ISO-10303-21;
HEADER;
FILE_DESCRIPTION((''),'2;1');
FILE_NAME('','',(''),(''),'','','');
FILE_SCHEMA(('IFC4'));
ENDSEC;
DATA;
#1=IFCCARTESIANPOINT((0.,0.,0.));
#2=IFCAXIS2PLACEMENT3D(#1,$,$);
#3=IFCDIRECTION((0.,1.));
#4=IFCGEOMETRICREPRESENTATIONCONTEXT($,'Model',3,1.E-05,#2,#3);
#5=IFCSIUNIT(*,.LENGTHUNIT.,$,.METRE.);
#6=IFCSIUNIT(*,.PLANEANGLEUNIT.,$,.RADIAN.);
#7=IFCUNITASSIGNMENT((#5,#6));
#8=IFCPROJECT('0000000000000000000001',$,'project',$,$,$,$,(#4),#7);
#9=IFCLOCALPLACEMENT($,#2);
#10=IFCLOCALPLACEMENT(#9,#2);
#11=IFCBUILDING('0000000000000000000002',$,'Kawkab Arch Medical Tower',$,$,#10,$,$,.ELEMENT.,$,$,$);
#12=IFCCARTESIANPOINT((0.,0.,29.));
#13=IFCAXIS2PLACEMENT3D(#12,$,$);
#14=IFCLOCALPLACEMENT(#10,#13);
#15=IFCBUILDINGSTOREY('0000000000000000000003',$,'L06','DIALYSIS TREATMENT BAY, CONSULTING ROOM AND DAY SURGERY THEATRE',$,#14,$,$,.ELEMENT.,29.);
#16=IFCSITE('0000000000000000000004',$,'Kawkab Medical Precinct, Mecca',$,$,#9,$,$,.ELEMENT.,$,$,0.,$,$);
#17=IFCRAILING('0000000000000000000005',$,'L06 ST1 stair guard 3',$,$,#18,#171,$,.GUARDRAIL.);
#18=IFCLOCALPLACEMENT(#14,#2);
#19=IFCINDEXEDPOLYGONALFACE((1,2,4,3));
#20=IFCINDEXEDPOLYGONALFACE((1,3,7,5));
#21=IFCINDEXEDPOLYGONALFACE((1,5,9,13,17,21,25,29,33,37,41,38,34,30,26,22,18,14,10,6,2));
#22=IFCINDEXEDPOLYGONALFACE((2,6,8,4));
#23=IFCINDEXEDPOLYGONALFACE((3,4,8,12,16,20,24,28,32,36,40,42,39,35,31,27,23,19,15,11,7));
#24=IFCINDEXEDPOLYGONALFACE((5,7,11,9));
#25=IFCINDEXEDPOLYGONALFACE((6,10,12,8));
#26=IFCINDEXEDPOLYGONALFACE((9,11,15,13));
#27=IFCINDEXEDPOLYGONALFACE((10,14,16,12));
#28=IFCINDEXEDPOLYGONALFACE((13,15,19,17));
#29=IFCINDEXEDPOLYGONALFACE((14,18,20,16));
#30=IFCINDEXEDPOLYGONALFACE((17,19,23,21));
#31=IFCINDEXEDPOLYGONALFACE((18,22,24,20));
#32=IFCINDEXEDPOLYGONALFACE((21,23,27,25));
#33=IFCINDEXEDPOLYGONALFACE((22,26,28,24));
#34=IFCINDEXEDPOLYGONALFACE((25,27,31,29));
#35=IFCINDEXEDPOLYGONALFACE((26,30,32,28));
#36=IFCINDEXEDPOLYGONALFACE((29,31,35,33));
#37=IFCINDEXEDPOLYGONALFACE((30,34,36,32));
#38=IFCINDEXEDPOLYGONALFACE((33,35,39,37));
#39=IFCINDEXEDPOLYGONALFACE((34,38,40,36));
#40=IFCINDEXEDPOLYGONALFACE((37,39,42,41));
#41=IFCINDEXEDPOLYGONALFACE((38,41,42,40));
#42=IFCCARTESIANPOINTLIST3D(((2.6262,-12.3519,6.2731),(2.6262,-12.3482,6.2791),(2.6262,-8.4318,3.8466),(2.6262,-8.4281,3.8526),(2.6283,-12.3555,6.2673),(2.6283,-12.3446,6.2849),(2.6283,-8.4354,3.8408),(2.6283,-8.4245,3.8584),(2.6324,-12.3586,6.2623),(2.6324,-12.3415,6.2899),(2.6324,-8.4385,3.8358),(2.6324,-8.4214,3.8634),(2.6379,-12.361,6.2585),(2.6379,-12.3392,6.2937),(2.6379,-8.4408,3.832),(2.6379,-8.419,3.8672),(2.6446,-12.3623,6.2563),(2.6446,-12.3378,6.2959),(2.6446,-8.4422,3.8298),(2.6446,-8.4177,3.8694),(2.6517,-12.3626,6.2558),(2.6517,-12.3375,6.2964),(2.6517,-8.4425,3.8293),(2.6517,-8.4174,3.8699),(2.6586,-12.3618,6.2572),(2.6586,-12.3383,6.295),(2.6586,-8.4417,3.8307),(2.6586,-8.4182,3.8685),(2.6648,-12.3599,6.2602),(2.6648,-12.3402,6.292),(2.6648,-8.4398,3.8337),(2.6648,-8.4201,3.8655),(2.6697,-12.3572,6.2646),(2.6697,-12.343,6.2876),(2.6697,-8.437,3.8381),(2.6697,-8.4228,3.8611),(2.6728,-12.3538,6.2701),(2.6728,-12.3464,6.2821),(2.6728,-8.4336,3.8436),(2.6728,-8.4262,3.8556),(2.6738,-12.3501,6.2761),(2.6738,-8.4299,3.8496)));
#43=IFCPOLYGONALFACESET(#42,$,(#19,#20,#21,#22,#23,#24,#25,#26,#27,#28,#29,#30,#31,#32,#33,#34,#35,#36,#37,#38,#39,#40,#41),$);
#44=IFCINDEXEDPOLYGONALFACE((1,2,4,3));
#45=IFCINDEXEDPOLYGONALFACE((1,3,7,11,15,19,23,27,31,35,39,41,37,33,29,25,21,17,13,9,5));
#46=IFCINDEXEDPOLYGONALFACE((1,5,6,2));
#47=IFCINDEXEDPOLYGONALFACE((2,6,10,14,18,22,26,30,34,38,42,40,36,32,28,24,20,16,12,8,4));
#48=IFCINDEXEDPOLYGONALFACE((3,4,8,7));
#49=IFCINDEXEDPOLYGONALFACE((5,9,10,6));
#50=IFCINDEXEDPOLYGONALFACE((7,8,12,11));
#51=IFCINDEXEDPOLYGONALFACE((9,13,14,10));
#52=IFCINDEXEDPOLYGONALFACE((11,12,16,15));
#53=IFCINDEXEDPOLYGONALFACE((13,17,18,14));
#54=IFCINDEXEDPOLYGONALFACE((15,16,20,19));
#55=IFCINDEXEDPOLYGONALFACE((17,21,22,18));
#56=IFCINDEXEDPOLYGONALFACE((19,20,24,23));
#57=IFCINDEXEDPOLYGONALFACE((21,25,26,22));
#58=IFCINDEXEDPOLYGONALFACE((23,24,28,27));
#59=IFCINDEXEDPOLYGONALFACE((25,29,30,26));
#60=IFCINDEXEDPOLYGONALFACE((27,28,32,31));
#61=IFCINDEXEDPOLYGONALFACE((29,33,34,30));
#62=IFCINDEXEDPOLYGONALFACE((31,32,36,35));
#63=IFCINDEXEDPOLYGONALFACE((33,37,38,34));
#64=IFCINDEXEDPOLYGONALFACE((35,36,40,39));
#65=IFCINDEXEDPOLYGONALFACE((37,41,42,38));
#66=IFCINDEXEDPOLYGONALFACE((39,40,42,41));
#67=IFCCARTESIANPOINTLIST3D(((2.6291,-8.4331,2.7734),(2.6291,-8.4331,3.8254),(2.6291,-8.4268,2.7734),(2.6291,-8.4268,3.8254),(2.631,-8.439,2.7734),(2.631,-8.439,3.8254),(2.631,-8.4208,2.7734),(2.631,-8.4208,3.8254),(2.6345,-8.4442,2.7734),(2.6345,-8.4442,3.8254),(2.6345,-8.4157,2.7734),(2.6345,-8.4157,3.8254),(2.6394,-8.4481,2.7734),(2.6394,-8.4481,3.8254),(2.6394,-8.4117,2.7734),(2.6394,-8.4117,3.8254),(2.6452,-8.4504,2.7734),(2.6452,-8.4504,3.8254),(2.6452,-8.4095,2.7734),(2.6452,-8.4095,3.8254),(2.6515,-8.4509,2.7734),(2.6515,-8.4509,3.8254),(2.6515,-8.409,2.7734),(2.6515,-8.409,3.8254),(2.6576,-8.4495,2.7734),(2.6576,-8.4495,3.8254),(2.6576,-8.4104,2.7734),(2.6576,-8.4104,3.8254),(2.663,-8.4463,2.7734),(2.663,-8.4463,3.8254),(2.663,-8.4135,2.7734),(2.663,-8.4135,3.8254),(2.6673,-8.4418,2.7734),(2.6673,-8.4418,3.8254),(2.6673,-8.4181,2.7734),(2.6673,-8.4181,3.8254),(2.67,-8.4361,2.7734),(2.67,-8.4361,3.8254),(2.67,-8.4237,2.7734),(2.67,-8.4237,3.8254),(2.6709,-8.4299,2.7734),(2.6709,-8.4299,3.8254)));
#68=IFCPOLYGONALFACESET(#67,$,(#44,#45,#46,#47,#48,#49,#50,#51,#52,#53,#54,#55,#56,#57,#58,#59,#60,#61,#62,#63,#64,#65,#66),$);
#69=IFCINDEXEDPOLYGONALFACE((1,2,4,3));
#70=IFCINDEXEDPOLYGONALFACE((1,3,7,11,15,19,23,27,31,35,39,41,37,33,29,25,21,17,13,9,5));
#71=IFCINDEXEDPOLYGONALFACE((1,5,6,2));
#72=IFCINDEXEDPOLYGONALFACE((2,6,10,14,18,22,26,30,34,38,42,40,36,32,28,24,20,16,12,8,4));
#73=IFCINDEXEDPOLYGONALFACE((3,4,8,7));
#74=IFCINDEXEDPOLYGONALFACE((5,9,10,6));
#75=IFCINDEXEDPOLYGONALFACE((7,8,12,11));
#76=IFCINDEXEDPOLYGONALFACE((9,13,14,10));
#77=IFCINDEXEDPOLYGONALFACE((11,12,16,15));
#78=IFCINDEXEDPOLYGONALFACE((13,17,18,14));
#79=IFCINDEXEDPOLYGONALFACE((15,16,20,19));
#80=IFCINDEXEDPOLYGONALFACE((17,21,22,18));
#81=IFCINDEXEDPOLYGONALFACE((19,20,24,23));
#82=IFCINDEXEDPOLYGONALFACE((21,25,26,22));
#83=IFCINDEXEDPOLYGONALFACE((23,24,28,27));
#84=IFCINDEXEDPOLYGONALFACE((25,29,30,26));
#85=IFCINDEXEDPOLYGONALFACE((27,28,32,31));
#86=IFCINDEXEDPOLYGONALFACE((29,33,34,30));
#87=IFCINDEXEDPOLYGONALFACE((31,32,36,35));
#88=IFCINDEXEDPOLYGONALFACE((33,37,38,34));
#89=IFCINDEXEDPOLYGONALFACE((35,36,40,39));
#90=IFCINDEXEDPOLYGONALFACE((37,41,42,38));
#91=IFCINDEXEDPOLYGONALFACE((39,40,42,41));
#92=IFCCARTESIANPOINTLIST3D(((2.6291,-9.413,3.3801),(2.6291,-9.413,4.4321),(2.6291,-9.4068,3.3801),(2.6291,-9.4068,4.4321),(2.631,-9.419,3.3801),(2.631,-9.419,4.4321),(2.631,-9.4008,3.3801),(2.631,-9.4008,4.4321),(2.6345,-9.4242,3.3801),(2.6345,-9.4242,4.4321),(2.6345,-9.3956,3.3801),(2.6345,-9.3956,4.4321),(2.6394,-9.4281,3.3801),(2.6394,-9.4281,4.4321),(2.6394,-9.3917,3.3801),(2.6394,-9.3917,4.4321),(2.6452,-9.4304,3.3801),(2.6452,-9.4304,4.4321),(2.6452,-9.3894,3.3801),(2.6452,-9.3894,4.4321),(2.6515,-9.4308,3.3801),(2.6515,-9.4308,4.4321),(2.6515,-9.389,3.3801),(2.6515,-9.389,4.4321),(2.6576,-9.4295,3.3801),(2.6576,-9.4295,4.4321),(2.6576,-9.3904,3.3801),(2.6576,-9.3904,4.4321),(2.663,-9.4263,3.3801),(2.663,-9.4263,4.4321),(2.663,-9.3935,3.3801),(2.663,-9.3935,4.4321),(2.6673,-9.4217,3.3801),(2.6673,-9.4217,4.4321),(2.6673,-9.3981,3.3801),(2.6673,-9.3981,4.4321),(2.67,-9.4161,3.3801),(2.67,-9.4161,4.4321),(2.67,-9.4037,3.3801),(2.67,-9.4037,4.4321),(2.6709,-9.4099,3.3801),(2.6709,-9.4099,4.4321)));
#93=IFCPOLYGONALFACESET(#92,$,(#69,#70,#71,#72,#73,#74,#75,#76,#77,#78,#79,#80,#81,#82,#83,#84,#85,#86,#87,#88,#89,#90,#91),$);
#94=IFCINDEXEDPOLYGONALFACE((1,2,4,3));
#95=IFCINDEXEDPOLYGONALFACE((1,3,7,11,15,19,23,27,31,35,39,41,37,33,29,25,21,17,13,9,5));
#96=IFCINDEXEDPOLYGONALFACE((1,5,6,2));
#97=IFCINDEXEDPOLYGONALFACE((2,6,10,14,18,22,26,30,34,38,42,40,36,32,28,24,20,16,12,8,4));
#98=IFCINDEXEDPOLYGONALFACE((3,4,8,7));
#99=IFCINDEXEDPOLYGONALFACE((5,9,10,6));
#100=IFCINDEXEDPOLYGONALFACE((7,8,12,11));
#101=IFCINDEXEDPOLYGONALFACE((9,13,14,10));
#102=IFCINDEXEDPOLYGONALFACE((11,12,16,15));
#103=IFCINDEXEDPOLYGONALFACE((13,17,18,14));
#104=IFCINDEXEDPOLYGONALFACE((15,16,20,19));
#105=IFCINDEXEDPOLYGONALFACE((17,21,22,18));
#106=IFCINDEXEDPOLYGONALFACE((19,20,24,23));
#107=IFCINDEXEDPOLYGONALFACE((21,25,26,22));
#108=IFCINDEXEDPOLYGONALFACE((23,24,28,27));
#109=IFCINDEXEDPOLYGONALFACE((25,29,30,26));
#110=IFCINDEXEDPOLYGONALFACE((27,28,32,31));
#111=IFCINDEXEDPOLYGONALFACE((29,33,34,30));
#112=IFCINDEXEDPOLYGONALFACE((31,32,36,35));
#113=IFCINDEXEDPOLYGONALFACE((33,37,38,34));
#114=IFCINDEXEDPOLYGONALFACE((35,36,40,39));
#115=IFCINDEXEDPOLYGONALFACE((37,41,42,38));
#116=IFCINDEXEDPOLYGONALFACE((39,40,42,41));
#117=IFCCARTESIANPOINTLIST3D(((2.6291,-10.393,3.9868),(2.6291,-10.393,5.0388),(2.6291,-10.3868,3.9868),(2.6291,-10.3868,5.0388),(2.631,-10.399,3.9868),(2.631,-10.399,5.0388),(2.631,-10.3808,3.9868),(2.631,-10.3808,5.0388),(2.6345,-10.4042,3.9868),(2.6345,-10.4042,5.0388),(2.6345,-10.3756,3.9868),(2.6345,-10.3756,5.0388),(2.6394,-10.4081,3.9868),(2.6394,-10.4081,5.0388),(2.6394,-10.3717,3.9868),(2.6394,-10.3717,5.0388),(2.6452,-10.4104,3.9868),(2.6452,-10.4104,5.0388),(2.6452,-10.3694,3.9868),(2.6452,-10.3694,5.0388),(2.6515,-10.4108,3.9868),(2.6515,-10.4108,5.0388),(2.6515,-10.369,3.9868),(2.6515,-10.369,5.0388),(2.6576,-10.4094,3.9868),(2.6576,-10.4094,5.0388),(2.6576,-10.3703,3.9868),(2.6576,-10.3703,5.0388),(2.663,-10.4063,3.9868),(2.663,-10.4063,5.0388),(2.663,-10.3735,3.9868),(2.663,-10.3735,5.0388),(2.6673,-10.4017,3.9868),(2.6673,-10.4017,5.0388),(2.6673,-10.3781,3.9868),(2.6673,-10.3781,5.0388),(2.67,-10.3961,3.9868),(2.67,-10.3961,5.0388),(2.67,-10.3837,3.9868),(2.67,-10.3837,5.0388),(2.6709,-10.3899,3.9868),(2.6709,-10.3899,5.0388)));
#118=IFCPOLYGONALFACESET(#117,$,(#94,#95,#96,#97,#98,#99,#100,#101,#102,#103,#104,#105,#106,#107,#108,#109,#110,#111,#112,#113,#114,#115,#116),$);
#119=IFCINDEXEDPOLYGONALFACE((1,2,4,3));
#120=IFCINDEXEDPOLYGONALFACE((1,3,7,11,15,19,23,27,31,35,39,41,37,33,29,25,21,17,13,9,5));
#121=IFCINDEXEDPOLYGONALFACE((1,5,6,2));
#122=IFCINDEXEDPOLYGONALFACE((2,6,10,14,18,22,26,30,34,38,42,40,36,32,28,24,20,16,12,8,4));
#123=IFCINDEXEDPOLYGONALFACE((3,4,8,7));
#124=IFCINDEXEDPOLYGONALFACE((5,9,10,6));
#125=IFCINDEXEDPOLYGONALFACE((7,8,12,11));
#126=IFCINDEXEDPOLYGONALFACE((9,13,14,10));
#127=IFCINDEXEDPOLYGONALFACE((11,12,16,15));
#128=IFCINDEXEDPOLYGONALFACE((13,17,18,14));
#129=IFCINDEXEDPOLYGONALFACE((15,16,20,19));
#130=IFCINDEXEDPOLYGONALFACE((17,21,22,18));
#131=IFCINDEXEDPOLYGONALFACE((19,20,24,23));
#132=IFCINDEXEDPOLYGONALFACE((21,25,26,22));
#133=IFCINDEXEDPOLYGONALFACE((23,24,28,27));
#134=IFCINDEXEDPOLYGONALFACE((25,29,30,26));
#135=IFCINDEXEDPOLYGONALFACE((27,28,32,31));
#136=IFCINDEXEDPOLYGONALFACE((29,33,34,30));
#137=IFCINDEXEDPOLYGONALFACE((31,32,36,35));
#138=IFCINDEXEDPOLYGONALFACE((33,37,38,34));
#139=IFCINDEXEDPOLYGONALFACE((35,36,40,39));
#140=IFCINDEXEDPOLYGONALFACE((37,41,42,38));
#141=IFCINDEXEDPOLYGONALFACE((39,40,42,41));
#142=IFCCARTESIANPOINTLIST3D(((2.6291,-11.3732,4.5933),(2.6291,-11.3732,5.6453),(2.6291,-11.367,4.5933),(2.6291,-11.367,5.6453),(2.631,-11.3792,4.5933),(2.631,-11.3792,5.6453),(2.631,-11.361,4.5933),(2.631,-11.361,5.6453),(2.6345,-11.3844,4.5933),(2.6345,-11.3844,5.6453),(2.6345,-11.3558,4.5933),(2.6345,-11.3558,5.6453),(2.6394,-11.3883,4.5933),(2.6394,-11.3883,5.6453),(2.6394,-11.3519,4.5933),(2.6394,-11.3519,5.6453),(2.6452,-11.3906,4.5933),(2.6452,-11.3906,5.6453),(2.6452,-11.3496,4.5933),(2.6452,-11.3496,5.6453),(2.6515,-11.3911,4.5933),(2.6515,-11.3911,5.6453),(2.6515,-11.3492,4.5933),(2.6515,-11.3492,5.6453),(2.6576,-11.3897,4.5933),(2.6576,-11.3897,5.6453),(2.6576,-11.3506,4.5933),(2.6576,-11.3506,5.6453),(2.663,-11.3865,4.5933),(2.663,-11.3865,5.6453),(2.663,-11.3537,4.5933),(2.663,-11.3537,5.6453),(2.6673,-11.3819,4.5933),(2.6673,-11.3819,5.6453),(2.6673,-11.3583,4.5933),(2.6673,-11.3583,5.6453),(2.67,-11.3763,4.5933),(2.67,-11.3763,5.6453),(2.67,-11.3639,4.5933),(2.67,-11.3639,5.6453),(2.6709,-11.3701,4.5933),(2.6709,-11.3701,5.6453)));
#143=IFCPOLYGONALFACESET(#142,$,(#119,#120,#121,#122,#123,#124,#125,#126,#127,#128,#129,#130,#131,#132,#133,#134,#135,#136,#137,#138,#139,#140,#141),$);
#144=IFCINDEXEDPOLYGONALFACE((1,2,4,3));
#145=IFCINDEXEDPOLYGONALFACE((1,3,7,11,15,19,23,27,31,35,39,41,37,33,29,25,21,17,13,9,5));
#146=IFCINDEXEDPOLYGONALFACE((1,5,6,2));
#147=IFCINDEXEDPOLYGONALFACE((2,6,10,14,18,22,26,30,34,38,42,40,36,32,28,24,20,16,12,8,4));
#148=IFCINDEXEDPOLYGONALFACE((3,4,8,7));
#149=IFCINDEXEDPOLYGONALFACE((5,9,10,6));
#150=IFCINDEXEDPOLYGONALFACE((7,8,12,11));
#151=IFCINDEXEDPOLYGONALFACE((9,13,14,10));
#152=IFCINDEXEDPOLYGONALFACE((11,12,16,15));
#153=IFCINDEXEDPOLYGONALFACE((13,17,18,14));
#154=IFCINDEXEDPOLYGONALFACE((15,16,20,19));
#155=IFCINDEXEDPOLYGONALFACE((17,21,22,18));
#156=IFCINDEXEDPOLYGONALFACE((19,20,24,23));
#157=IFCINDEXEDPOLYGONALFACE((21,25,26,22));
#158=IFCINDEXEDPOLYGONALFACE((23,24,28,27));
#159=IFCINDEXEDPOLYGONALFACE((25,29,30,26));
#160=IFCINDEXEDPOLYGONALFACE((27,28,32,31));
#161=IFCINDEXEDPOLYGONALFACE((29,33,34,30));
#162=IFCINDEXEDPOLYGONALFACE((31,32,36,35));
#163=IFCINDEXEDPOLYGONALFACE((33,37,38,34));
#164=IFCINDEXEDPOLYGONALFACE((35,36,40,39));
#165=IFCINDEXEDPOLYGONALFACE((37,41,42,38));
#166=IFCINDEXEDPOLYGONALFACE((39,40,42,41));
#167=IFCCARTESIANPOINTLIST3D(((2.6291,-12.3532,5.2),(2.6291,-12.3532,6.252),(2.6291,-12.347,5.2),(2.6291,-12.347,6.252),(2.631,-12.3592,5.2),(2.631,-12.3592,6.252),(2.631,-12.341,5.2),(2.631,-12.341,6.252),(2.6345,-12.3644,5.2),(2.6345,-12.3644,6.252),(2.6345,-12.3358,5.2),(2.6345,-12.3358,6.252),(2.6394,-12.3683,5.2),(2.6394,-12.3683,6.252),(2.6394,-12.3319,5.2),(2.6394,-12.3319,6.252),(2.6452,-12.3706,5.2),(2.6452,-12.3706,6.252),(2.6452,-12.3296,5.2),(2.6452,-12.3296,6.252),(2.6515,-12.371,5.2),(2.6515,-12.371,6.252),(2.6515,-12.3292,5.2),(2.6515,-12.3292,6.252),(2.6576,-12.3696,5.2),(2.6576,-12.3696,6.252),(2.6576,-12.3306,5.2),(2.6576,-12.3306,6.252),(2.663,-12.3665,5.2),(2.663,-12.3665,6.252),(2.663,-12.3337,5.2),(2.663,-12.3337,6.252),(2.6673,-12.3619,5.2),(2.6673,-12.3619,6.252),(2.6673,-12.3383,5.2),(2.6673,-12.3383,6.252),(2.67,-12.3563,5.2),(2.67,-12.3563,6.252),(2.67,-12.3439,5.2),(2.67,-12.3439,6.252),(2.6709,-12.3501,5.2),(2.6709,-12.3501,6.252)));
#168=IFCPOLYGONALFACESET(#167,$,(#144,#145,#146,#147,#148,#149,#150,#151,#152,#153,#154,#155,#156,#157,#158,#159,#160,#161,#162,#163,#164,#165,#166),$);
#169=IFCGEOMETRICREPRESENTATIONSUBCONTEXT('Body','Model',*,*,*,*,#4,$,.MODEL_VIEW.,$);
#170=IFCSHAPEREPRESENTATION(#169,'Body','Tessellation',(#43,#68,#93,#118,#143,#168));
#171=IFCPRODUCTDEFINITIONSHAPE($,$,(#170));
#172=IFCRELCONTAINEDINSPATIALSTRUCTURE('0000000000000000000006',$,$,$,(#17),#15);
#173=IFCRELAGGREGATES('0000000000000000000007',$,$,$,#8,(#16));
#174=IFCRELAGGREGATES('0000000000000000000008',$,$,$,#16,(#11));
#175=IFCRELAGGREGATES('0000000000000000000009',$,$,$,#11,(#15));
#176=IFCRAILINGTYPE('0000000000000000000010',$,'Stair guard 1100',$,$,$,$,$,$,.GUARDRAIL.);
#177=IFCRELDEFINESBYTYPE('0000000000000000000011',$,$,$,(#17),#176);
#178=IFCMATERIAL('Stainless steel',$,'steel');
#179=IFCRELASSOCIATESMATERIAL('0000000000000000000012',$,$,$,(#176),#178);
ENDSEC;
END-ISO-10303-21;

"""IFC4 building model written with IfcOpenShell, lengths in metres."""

from ifc_helpers import new_model, si_unit, direction, frame, origin, origin_2d, place, context, subcontext, project, spatial, circle, extrude, material, type_object, element, save


model = new_model("IFC4")

# Units and contexts
model_context = context("Model", 3, precision=1e-05, world=origin(), true_north=direction((0.0, 1.0)))
body_context = subcontext(model_context, "Body", "Model", "MODEL_VIEW")
ifc_project = project(units=[si_unit("LENGTHUNIT", "METRE"), si_unit("PLANEANGLEUNIT", "RADIAN")], contexts=[model_context])

# Site, building, storey
site_placement = place(None, origin())
site = spatial("IfcSite", under=ifc_project, at=site_placement, Name="Kawkab Medical Precinct, Mecca", CompositionType="ELEMENT", RefElevation=0.0)
building_placement = place(site_placement, origin())
building = spatial("IfcBuilding", under=site, at=building_placement, Name="Kawkab Arch Medical Tower", CompositionType="ELEMENT")
storey_placement = place(building_placement, frame((0.0, 0.0, 29.0)))
storey = spatial("IfcBuildingStorey", under=building, at=storey_placement, Name="L06", Description="DIALYSIS TREATMENT BAY, CONSULTING ROOM AND DAY SURGERY THEATRE", CompositionType="ELEMENT", Elevation=29.0)

# Railing
ifc_material_1 = material(Name="Stainless steel", Category="steel")
railing_type = type_object("IfcRailingType", Name="Stair guard 1100", PredefinedType="GUARDRAIL", material=ifc_material_1)
railing_1_placement = place(storey_placement, frame((2.6499, -8.4299, 2.7734)))
element("IfcRailing", 1, at=railing_1_placement, inside=storey, type_object=railing_type, Name="L06 ST1 stair guard 3", PredefinedType="GUARDRAIL", context=body_context, shape_type="SweptSolid", body=[
    extrude(circle(Radius=0.0239, at=origin_2d()), frame((0.0, 0.0, 1.0762), z_axis=(0.0, -0.85029, 0.526315), x_axis=(1.0, 0.0, 0.0)), (0.0, 0.0, 1.0), 4.6104),
    extrude(circle(Radius=0.021, at=origin_2d()), origin(), (0.0, 0.0, 1.0), 1.052),
    extrude(circle(Radius=0.021, at=origin_2d()), frame((0.0, -0.98, 0.6067)), (0.0, 0.0, 1.0), 1.052),
    extrude(circle(Radius=0.021, at=origin_2d()), frame((0.0, -1.96, 1.2134)), (0.0, 0.0, 1.0), 1.052),
    extrude(circle(Radius=0.021, at=origin_2d()), frame((0.0, -2.9402, 1.8198)), (0.0, 0.0, 1.0), 1.052),
    extrude(circle(Radius=0.021, at=origin_2d()), frame((0.0, -3.9202, 2.4265)), (0.0, 0.0, 1.0), 1.052),
])

save(model, "model.ifc")
